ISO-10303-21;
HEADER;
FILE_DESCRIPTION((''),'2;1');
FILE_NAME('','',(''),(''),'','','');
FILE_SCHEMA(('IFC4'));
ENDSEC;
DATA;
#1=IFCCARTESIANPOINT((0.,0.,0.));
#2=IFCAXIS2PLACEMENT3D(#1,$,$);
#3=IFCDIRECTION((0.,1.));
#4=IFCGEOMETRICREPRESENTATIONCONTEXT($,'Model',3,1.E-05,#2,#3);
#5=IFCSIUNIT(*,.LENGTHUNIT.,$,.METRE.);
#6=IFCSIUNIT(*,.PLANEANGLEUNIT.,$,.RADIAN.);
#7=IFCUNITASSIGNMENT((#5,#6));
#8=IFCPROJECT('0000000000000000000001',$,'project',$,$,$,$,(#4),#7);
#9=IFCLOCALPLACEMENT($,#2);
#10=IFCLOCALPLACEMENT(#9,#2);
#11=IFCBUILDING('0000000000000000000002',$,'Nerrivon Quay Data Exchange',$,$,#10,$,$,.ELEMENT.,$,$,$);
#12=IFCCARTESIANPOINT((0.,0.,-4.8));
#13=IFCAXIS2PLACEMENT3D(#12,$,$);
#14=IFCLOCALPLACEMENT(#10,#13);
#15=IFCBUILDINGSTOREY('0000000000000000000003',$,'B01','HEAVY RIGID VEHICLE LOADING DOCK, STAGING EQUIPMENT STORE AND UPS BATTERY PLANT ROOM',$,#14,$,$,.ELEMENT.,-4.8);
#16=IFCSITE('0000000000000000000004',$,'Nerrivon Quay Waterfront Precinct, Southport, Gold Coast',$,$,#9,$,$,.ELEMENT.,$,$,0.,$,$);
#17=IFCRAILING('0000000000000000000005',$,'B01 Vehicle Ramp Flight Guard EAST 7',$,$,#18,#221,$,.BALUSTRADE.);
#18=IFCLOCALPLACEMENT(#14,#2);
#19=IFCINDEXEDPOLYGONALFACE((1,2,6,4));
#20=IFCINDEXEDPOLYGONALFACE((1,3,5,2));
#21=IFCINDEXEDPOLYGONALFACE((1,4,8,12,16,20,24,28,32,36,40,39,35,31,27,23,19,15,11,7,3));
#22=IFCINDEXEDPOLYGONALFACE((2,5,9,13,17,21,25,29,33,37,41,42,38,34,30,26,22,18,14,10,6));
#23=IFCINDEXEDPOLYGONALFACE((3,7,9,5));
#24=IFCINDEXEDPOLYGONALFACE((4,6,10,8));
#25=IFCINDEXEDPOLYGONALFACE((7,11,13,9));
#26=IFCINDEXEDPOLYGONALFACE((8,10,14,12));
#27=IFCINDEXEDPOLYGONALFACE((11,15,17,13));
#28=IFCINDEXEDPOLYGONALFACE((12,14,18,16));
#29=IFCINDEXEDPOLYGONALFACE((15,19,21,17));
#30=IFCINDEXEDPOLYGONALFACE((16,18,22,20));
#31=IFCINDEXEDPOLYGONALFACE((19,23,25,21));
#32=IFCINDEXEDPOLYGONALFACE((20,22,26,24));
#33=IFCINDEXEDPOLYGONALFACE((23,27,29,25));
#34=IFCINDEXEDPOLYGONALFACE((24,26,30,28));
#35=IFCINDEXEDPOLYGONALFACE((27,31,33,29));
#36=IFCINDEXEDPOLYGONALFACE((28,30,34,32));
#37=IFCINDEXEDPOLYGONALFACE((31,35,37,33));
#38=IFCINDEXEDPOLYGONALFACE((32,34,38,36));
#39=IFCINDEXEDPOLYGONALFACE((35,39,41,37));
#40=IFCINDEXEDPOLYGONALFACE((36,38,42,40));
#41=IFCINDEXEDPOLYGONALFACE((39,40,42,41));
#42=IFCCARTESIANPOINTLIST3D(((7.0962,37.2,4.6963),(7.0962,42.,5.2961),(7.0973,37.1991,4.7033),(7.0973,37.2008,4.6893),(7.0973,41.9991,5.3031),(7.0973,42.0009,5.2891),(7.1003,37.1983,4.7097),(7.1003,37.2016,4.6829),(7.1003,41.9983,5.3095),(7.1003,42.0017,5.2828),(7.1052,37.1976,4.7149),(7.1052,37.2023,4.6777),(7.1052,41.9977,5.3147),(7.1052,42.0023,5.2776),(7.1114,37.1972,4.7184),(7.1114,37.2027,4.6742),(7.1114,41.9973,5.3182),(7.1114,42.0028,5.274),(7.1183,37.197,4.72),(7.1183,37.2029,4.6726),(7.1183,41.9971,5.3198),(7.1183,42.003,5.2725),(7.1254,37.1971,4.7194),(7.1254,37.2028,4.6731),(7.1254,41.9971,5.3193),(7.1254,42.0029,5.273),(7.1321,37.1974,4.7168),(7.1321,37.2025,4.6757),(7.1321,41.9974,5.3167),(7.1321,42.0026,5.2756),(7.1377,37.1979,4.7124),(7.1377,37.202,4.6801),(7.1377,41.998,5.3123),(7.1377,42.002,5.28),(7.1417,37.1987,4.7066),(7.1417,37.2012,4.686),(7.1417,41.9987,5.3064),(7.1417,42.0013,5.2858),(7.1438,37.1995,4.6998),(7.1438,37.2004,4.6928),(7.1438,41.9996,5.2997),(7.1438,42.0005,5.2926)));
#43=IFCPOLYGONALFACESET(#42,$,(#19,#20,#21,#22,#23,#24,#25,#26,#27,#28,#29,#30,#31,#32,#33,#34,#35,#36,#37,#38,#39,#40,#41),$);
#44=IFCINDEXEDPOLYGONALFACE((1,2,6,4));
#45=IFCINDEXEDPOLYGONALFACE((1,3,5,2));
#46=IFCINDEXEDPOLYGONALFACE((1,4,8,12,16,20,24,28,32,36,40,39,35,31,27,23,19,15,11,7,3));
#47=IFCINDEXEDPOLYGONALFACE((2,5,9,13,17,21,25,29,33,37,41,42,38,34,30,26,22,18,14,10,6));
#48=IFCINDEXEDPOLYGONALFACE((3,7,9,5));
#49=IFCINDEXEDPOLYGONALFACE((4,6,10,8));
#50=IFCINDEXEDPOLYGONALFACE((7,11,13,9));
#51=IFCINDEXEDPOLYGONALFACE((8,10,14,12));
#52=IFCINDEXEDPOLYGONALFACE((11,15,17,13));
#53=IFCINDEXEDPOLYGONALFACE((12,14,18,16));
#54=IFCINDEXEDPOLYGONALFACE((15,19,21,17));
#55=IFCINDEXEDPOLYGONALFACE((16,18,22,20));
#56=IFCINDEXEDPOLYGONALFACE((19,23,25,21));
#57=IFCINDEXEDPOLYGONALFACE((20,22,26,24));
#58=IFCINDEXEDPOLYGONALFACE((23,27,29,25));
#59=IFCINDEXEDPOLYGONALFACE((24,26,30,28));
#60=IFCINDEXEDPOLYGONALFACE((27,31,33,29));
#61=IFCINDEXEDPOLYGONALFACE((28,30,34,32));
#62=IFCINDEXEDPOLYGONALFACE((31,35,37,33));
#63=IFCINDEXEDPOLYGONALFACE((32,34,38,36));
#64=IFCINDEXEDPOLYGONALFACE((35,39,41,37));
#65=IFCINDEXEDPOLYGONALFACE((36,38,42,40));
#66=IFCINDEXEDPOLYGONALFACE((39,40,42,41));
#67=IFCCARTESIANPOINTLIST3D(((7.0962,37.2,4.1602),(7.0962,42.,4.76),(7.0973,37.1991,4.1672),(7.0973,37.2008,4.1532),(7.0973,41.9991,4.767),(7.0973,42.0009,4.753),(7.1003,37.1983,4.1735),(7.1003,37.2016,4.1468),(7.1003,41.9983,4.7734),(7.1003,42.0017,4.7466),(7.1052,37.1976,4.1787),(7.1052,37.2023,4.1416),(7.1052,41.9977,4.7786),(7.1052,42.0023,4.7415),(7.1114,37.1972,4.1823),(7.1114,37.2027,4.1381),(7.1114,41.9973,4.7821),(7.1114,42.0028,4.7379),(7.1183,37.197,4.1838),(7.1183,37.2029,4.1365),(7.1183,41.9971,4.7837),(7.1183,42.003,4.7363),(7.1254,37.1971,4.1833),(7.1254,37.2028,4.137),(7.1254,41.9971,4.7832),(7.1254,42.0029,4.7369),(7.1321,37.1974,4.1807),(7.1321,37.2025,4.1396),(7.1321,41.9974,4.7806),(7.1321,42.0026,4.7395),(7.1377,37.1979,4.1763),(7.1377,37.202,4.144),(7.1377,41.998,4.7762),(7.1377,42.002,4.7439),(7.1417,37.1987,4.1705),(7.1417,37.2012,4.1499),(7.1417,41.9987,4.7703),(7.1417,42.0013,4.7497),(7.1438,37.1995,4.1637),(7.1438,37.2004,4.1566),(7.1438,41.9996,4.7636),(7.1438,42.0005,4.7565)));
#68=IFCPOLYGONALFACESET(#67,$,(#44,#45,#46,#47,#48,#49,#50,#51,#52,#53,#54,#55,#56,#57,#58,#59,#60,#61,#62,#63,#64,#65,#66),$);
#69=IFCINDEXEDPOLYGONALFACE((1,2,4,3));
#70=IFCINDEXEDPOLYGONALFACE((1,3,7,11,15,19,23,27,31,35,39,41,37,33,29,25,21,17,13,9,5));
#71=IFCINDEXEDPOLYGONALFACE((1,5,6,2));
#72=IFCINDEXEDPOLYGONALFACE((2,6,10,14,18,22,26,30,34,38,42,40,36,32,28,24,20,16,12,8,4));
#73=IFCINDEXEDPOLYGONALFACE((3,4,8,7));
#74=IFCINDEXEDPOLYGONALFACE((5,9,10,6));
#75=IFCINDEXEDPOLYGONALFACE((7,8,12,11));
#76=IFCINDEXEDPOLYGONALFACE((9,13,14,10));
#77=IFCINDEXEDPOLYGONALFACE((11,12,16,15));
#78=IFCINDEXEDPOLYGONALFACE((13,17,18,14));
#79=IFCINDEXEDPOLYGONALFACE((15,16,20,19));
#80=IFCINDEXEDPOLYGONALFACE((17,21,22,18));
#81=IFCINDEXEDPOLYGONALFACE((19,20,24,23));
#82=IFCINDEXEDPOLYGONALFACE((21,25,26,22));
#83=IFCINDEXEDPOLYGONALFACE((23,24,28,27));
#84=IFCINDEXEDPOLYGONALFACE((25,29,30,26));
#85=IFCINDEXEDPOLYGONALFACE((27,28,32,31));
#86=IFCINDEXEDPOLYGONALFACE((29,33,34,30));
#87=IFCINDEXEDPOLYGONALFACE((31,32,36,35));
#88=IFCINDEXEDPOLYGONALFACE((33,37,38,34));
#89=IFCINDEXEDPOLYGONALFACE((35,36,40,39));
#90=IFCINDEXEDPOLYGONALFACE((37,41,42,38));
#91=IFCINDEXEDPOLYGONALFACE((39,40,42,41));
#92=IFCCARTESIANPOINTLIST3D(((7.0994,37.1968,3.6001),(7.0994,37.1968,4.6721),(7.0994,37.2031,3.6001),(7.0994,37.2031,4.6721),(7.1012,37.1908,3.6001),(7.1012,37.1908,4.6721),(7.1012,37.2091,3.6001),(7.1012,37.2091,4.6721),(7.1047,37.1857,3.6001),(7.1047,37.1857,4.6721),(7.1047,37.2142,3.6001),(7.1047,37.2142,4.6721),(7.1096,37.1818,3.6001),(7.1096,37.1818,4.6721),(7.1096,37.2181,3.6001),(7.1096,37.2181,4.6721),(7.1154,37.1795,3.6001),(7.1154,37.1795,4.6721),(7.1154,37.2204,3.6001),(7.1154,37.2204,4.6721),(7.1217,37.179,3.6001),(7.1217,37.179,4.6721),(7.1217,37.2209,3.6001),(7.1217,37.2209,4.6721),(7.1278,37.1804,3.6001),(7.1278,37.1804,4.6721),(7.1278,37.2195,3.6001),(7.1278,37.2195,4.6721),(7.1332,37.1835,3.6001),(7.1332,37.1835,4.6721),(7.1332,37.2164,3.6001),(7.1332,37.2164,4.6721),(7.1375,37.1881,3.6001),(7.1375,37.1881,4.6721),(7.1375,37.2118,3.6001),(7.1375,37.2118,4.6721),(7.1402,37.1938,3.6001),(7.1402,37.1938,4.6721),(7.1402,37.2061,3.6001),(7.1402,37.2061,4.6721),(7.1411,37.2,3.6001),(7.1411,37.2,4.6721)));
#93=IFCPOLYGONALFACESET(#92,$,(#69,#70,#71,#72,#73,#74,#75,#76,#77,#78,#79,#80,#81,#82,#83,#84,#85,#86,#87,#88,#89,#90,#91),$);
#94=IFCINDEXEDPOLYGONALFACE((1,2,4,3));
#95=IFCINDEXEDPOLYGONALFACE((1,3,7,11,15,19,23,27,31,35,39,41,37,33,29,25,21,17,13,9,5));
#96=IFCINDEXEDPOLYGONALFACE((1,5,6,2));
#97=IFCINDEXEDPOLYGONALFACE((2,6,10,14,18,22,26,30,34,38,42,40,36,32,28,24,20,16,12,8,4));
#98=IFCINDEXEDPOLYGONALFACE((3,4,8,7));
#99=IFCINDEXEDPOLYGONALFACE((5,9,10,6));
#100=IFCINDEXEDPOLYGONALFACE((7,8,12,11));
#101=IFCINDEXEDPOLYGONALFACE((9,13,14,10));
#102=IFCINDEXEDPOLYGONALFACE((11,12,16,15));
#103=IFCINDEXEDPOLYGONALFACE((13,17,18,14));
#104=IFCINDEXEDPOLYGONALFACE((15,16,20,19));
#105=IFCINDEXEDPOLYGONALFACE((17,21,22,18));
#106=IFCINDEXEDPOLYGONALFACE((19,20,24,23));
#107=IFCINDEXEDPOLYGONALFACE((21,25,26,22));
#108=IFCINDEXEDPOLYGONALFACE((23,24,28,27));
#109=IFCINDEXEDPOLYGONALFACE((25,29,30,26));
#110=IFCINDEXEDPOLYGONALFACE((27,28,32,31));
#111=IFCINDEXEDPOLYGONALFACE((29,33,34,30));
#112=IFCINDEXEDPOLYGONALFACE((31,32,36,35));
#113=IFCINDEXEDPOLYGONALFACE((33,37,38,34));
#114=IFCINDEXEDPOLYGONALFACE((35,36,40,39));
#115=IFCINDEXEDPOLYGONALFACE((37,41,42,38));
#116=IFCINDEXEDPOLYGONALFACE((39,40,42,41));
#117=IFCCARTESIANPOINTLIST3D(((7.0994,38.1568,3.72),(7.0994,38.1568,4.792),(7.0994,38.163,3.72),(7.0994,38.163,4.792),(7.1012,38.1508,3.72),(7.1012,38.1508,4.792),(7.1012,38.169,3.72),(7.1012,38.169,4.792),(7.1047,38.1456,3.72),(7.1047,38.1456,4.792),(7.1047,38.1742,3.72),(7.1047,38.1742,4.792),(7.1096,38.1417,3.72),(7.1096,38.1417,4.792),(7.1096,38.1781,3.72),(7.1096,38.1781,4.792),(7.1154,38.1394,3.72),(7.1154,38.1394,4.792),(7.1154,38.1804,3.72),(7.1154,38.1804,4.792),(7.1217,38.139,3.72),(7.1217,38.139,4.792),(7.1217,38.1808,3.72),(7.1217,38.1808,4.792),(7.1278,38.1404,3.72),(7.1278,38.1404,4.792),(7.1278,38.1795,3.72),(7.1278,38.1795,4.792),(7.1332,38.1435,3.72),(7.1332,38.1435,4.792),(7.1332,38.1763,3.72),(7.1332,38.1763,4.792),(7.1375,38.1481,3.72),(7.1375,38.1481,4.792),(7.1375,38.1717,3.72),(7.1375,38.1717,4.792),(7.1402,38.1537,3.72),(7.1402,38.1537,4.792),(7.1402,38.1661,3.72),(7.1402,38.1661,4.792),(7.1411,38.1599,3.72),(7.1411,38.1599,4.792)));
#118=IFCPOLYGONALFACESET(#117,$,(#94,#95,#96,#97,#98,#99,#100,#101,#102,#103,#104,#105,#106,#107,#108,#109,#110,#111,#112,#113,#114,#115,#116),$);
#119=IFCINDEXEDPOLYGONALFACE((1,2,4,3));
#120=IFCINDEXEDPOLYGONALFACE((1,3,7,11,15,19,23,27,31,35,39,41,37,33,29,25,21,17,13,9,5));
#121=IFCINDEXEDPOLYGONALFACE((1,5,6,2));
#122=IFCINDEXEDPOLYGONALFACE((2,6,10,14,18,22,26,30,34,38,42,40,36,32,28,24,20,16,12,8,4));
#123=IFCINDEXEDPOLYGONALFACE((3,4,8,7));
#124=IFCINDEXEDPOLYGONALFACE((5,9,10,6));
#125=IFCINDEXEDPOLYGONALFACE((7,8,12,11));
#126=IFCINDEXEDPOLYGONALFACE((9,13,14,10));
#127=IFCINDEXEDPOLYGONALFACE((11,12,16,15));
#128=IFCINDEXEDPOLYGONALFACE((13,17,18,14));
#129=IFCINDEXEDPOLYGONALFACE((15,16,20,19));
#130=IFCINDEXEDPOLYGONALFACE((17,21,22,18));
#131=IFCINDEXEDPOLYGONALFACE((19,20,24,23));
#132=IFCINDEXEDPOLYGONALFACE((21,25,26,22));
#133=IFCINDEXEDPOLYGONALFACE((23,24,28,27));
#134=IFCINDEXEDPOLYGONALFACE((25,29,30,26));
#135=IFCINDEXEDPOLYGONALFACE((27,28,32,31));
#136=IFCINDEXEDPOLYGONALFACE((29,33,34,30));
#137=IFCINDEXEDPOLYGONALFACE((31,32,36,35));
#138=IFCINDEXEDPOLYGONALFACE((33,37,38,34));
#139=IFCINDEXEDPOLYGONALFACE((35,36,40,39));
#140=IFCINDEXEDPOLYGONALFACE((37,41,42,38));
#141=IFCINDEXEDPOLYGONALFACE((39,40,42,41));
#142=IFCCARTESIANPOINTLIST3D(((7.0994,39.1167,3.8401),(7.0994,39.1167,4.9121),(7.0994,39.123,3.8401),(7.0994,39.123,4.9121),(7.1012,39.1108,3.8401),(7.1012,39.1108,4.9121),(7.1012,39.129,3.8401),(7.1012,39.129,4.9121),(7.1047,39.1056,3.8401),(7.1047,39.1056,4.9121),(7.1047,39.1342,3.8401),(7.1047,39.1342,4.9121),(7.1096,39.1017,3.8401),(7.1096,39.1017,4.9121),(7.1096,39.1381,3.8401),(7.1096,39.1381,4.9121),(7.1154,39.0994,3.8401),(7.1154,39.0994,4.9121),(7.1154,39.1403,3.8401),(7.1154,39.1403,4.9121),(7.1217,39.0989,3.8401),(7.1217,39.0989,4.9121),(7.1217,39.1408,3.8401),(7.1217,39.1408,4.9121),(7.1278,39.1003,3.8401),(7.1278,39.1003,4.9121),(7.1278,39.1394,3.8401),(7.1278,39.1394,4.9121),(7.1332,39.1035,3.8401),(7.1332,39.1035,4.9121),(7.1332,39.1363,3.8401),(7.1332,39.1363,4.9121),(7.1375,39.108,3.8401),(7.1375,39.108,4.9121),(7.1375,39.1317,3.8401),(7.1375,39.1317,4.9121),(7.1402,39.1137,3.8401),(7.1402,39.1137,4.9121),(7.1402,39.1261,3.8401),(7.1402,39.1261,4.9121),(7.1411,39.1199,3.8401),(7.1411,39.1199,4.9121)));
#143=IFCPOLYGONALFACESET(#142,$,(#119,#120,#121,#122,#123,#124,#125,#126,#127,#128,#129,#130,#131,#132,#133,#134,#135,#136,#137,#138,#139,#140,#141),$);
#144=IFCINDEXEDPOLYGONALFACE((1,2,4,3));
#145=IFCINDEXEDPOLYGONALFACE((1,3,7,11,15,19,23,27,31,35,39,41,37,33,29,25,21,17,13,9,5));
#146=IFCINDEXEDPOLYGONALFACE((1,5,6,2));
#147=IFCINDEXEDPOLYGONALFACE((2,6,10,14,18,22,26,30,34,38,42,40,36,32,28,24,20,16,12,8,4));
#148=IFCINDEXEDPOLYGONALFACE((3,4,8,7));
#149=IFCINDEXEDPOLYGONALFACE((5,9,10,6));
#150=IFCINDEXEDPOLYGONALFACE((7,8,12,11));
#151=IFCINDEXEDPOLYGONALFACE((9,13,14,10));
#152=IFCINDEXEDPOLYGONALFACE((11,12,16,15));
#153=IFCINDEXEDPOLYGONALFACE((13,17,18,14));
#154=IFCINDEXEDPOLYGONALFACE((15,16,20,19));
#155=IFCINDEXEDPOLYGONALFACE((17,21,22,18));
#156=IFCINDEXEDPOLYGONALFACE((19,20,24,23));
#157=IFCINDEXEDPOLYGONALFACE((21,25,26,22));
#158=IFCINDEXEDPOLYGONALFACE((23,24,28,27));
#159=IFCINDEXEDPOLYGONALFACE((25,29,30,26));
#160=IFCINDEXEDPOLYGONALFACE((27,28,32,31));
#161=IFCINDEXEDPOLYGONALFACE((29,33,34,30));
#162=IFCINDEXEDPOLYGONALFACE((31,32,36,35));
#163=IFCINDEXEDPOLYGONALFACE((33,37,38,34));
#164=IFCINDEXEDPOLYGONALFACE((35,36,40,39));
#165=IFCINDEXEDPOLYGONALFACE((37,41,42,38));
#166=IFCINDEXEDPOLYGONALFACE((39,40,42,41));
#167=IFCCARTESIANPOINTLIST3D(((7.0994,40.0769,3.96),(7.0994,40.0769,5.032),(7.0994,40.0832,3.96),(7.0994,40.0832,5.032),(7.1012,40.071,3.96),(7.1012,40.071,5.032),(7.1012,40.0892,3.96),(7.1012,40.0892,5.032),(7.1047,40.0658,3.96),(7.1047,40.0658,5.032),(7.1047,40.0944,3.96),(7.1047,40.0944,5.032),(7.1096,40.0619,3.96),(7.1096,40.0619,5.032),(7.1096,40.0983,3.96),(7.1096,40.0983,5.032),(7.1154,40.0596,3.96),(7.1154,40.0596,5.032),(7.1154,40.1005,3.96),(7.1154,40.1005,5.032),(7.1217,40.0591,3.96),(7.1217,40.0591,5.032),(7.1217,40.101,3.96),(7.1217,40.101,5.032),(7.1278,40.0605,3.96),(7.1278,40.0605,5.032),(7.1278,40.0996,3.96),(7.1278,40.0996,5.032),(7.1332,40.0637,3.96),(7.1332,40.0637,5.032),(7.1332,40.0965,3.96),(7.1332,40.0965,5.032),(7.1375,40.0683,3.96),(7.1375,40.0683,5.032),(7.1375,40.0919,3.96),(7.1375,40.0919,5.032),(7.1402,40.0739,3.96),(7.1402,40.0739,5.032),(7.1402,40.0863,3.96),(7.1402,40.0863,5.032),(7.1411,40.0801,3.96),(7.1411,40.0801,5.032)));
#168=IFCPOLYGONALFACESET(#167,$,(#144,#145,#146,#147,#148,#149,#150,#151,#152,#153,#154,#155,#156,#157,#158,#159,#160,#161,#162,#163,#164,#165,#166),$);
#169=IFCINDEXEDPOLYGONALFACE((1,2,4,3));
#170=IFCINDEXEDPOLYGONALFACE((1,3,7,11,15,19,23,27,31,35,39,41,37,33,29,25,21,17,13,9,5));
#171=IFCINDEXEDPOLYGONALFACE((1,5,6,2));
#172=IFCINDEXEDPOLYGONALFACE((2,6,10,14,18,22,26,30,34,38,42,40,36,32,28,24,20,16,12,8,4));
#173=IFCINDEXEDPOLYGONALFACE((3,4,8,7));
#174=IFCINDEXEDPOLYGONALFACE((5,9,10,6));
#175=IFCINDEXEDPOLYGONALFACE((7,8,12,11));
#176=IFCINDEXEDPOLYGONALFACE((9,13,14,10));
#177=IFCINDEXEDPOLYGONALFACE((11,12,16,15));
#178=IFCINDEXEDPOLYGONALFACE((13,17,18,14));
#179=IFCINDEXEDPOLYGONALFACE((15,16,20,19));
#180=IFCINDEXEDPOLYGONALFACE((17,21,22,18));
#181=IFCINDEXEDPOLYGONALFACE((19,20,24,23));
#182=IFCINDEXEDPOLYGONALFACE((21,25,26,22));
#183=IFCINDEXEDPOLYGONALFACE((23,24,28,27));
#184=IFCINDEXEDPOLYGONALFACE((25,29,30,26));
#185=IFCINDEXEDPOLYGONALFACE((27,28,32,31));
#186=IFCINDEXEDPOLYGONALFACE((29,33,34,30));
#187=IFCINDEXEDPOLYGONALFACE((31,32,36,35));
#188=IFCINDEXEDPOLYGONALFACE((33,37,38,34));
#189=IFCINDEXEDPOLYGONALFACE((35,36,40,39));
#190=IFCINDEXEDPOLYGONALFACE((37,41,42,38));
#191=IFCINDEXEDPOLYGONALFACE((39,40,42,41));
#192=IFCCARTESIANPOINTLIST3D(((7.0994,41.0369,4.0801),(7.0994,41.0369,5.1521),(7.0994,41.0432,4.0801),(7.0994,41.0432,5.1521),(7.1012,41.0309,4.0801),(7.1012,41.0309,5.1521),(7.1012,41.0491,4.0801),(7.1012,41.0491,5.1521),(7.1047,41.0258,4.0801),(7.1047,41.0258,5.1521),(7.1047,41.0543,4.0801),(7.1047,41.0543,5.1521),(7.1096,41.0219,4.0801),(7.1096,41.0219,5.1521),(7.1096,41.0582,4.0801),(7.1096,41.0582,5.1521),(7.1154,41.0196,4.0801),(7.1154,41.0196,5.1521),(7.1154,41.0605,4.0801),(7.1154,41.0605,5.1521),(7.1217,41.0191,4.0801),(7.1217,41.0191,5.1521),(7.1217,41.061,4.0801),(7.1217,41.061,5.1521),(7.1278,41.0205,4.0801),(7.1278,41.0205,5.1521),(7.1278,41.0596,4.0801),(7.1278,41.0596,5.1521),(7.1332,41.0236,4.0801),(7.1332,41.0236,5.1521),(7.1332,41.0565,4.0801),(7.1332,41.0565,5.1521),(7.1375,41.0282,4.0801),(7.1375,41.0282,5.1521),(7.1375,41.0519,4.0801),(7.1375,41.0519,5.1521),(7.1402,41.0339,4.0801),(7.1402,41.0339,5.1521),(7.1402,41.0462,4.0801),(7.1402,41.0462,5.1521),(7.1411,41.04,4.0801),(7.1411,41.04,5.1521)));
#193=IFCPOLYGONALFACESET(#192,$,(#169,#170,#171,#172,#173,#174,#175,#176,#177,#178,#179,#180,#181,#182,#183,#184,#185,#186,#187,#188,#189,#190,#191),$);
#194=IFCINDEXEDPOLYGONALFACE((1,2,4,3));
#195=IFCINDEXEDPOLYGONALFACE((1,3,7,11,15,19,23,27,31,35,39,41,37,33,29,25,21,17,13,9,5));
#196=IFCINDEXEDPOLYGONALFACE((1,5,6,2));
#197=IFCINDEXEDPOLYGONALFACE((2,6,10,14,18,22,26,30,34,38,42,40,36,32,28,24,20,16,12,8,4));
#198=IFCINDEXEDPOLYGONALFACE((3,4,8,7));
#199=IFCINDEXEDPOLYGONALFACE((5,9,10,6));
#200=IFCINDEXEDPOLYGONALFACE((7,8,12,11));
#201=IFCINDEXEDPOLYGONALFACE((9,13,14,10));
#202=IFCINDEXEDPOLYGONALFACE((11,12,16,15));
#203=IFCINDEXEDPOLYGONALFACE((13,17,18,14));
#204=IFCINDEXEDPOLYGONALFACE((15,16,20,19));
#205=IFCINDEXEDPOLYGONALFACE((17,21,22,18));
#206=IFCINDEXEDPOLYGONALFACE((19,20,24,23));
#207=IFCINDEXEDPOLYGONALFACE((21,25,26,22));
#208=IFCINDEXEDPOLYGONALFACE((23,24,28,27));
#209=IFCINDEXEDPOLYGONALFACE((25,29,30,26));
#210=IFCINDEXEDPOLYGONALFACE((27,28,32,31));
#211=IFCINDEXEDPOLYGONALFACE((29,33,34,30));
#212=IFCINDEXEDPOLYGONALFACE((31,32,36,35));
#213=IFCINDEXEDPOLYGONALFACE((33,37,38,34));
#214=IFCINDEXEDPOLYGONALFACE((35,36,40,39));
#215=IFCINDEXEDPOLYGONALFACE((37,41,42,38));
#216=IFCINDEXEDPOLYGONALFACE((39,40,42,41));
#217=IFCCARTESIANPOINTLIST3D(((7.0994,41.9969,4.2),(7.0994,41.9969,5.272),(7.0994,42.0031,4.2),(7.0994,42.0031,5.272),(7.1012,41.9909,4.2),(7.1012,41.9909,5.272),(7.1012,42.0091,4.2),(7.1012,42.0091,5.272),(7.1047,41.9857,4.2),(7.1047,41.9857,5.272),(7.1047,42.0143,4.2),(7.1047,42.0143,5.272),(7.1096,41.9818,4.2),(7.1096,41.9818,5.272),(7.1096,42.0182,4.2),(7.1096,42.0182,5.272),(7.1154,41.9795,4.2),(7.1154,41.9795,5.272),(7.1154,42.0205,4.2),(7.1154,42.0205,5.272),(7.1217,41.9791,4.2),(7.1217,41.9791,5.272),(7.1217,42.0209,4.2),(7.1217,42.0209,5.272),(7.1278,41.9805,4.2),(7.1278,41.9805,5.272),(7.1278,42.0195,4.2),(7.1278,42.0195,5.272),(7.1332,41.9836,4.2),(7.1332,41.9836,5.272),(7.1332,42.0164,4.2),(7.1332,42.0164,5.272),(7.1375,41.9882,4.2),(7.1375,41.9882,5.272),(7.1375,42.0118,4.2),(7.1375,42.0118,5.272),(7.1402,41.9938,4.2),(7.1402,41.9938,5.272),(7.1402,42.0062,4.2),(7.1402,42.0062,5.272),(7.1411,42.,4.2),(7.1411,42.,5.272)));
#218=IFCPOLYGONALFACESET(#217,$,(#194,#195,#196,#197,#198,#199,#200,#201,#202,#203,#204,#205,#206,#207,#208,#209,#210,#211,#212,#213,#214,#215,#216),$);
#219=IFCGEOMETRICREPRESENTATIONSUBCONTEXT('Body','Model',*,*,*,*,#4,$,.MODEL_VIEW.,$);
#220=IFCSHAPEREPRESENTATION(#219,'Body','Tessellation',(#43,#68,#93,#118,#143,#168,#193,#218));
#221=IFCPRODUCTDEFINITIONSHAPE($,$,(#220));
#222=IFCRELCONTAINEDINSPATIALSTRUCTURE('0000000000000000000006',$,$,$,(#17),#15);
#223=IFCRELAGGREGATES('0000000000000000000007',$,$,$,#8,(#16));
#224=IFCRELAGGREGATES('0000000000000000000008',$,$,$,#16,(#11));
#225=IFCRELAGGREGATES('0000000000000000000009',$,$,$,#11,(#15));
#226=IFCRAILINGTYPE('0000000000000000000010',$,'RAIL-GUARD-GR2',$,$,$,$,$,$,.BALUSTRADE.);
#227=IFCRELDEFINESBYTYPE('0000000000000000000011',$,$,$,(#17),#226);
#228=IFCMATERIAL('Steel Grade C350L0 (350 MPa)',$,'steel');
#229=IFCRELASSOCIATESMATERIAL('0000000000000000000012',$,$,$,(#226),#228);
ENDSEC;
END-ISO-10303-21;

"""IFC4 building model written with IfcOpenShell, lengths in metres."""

from ifc_helpers import new_model, si_unit, direction, frame, origin, origin_2d, place, context, subcontext, project, spatial, circle, extrude, material, type_object, element, save


model = new_model("IFC4")

# Units and contexts
model_context = context("Model", 3, precision=1e-05, world=origin(), true_north=direction((0.0, 1.0)))
body_context = subcontext(model_context, "Body", "Model", "MODEL_VIEW")
ifc_project = project(units=[si_unit("LENGTHUNIT", "METRE"), si_unit("PLANEANGLEUNIT", "RADIAN")], contexts=[model_context])

# Site, building, storey
site_placement = place(None, origin())
site = spatial("IfcSite", under=ifc_project, at=site_placement, Name="Nerrivon Quay Waterfront Precinct, Southport, Gold Coast", CompositionType="ELEMENT", RefElevation=0.0)
building_placement = place(site_placement, origin())
building = spatial("IfcBuilding", under=site, at=building_placement, Name="Nerrivon Quay Data Exchange", CompositionType="ELEMENT")
storey_placement = place(building_placement, frame((0.0, 0.0, -4.8)))
storey = spatial("IfcBuildingStorey", under=building, at=storey_placement, Name="B01", Description="HEAVY RIGID VEHICLE LOADING DOCK, STAGING EQUIPMENT STORE AND UPS BATTERY PLANT ROOM", CompositionType="ELEMENT", Elevation=-4.8)

# Railing
ifc_material_1 = material(Name="Steel Grade C350L0 (350 MPa)", Category="steel")
railing_type_1 = type_object("IfcRailingType", Name="RAIL-GUARD-GR2", PredefinedType="BALUSTRADE", material=ifc_material_1)
railing_1_placement = place(storey_placement, frame((7.1201, 37.2, 3.6001)))
element("IfcRailing", 1, at=railing_1_placement, inside=storey, type_object=railing_type_1, Name="B01 Vehicle Ramp Flight Guard EAST 7", PredefinedType="BALUSTRADE", context=body_context, shape_type="SweptSolid", body=[
    extrude(circle(Radius=0.0239, at=origin_2d()), frame((0.0, 0.0, 1.0962), z_axis=(0.0, 0.992282, 0.124004), x_axis=(-1.0, 0.0, 0.0)), (0.0, 0.0, 1.0), 4.8374),
    extrude(circle(Radius=0.0239, at=origin_2d()), frame((0.0, 0.0, 0.5601), z_axis=(0.0, 0.992282, 0.124004), x_axis=(-1.0, 0.0, 0.0)), (0.0, 0.0, 1.0), 4.8374),
    extrude(circle(Radius=0.021, at=origin_2d()), origin(), (0.0, 0.0, 1.0), 1.072),
    extrude(circle(Radius=0.021, at=origin_2d()), frame((0.0, 0.96, 0.1199)), (0.0, 0.0, 1.0), 1.072),
    extrude(circle(Radius=0.021, at=origin_2d()), frame((0.0, 1.9199, 0.24)), (0.0, 0.0, 1.0), 1.072),
    extrude(circle(Radius=0.021, at=origin_2d()), frame((0.0, 2.8801, 0.3599)), (0.0, 0.0, 1.0), 1.072),
    extrude(circle(Radius=0.021, at=origin_2d()), frame((0.0, 3.8401, 0.48)), (0.0, 0.0, 1.0), 1.072),
    extrude(circle(Radius=0.021, at=origin_2d()), frame((0.0, 4.8, 0.5999)), (0.0, 0.0, 1.0), 1.072),
])

save(model, "model.ifc")
